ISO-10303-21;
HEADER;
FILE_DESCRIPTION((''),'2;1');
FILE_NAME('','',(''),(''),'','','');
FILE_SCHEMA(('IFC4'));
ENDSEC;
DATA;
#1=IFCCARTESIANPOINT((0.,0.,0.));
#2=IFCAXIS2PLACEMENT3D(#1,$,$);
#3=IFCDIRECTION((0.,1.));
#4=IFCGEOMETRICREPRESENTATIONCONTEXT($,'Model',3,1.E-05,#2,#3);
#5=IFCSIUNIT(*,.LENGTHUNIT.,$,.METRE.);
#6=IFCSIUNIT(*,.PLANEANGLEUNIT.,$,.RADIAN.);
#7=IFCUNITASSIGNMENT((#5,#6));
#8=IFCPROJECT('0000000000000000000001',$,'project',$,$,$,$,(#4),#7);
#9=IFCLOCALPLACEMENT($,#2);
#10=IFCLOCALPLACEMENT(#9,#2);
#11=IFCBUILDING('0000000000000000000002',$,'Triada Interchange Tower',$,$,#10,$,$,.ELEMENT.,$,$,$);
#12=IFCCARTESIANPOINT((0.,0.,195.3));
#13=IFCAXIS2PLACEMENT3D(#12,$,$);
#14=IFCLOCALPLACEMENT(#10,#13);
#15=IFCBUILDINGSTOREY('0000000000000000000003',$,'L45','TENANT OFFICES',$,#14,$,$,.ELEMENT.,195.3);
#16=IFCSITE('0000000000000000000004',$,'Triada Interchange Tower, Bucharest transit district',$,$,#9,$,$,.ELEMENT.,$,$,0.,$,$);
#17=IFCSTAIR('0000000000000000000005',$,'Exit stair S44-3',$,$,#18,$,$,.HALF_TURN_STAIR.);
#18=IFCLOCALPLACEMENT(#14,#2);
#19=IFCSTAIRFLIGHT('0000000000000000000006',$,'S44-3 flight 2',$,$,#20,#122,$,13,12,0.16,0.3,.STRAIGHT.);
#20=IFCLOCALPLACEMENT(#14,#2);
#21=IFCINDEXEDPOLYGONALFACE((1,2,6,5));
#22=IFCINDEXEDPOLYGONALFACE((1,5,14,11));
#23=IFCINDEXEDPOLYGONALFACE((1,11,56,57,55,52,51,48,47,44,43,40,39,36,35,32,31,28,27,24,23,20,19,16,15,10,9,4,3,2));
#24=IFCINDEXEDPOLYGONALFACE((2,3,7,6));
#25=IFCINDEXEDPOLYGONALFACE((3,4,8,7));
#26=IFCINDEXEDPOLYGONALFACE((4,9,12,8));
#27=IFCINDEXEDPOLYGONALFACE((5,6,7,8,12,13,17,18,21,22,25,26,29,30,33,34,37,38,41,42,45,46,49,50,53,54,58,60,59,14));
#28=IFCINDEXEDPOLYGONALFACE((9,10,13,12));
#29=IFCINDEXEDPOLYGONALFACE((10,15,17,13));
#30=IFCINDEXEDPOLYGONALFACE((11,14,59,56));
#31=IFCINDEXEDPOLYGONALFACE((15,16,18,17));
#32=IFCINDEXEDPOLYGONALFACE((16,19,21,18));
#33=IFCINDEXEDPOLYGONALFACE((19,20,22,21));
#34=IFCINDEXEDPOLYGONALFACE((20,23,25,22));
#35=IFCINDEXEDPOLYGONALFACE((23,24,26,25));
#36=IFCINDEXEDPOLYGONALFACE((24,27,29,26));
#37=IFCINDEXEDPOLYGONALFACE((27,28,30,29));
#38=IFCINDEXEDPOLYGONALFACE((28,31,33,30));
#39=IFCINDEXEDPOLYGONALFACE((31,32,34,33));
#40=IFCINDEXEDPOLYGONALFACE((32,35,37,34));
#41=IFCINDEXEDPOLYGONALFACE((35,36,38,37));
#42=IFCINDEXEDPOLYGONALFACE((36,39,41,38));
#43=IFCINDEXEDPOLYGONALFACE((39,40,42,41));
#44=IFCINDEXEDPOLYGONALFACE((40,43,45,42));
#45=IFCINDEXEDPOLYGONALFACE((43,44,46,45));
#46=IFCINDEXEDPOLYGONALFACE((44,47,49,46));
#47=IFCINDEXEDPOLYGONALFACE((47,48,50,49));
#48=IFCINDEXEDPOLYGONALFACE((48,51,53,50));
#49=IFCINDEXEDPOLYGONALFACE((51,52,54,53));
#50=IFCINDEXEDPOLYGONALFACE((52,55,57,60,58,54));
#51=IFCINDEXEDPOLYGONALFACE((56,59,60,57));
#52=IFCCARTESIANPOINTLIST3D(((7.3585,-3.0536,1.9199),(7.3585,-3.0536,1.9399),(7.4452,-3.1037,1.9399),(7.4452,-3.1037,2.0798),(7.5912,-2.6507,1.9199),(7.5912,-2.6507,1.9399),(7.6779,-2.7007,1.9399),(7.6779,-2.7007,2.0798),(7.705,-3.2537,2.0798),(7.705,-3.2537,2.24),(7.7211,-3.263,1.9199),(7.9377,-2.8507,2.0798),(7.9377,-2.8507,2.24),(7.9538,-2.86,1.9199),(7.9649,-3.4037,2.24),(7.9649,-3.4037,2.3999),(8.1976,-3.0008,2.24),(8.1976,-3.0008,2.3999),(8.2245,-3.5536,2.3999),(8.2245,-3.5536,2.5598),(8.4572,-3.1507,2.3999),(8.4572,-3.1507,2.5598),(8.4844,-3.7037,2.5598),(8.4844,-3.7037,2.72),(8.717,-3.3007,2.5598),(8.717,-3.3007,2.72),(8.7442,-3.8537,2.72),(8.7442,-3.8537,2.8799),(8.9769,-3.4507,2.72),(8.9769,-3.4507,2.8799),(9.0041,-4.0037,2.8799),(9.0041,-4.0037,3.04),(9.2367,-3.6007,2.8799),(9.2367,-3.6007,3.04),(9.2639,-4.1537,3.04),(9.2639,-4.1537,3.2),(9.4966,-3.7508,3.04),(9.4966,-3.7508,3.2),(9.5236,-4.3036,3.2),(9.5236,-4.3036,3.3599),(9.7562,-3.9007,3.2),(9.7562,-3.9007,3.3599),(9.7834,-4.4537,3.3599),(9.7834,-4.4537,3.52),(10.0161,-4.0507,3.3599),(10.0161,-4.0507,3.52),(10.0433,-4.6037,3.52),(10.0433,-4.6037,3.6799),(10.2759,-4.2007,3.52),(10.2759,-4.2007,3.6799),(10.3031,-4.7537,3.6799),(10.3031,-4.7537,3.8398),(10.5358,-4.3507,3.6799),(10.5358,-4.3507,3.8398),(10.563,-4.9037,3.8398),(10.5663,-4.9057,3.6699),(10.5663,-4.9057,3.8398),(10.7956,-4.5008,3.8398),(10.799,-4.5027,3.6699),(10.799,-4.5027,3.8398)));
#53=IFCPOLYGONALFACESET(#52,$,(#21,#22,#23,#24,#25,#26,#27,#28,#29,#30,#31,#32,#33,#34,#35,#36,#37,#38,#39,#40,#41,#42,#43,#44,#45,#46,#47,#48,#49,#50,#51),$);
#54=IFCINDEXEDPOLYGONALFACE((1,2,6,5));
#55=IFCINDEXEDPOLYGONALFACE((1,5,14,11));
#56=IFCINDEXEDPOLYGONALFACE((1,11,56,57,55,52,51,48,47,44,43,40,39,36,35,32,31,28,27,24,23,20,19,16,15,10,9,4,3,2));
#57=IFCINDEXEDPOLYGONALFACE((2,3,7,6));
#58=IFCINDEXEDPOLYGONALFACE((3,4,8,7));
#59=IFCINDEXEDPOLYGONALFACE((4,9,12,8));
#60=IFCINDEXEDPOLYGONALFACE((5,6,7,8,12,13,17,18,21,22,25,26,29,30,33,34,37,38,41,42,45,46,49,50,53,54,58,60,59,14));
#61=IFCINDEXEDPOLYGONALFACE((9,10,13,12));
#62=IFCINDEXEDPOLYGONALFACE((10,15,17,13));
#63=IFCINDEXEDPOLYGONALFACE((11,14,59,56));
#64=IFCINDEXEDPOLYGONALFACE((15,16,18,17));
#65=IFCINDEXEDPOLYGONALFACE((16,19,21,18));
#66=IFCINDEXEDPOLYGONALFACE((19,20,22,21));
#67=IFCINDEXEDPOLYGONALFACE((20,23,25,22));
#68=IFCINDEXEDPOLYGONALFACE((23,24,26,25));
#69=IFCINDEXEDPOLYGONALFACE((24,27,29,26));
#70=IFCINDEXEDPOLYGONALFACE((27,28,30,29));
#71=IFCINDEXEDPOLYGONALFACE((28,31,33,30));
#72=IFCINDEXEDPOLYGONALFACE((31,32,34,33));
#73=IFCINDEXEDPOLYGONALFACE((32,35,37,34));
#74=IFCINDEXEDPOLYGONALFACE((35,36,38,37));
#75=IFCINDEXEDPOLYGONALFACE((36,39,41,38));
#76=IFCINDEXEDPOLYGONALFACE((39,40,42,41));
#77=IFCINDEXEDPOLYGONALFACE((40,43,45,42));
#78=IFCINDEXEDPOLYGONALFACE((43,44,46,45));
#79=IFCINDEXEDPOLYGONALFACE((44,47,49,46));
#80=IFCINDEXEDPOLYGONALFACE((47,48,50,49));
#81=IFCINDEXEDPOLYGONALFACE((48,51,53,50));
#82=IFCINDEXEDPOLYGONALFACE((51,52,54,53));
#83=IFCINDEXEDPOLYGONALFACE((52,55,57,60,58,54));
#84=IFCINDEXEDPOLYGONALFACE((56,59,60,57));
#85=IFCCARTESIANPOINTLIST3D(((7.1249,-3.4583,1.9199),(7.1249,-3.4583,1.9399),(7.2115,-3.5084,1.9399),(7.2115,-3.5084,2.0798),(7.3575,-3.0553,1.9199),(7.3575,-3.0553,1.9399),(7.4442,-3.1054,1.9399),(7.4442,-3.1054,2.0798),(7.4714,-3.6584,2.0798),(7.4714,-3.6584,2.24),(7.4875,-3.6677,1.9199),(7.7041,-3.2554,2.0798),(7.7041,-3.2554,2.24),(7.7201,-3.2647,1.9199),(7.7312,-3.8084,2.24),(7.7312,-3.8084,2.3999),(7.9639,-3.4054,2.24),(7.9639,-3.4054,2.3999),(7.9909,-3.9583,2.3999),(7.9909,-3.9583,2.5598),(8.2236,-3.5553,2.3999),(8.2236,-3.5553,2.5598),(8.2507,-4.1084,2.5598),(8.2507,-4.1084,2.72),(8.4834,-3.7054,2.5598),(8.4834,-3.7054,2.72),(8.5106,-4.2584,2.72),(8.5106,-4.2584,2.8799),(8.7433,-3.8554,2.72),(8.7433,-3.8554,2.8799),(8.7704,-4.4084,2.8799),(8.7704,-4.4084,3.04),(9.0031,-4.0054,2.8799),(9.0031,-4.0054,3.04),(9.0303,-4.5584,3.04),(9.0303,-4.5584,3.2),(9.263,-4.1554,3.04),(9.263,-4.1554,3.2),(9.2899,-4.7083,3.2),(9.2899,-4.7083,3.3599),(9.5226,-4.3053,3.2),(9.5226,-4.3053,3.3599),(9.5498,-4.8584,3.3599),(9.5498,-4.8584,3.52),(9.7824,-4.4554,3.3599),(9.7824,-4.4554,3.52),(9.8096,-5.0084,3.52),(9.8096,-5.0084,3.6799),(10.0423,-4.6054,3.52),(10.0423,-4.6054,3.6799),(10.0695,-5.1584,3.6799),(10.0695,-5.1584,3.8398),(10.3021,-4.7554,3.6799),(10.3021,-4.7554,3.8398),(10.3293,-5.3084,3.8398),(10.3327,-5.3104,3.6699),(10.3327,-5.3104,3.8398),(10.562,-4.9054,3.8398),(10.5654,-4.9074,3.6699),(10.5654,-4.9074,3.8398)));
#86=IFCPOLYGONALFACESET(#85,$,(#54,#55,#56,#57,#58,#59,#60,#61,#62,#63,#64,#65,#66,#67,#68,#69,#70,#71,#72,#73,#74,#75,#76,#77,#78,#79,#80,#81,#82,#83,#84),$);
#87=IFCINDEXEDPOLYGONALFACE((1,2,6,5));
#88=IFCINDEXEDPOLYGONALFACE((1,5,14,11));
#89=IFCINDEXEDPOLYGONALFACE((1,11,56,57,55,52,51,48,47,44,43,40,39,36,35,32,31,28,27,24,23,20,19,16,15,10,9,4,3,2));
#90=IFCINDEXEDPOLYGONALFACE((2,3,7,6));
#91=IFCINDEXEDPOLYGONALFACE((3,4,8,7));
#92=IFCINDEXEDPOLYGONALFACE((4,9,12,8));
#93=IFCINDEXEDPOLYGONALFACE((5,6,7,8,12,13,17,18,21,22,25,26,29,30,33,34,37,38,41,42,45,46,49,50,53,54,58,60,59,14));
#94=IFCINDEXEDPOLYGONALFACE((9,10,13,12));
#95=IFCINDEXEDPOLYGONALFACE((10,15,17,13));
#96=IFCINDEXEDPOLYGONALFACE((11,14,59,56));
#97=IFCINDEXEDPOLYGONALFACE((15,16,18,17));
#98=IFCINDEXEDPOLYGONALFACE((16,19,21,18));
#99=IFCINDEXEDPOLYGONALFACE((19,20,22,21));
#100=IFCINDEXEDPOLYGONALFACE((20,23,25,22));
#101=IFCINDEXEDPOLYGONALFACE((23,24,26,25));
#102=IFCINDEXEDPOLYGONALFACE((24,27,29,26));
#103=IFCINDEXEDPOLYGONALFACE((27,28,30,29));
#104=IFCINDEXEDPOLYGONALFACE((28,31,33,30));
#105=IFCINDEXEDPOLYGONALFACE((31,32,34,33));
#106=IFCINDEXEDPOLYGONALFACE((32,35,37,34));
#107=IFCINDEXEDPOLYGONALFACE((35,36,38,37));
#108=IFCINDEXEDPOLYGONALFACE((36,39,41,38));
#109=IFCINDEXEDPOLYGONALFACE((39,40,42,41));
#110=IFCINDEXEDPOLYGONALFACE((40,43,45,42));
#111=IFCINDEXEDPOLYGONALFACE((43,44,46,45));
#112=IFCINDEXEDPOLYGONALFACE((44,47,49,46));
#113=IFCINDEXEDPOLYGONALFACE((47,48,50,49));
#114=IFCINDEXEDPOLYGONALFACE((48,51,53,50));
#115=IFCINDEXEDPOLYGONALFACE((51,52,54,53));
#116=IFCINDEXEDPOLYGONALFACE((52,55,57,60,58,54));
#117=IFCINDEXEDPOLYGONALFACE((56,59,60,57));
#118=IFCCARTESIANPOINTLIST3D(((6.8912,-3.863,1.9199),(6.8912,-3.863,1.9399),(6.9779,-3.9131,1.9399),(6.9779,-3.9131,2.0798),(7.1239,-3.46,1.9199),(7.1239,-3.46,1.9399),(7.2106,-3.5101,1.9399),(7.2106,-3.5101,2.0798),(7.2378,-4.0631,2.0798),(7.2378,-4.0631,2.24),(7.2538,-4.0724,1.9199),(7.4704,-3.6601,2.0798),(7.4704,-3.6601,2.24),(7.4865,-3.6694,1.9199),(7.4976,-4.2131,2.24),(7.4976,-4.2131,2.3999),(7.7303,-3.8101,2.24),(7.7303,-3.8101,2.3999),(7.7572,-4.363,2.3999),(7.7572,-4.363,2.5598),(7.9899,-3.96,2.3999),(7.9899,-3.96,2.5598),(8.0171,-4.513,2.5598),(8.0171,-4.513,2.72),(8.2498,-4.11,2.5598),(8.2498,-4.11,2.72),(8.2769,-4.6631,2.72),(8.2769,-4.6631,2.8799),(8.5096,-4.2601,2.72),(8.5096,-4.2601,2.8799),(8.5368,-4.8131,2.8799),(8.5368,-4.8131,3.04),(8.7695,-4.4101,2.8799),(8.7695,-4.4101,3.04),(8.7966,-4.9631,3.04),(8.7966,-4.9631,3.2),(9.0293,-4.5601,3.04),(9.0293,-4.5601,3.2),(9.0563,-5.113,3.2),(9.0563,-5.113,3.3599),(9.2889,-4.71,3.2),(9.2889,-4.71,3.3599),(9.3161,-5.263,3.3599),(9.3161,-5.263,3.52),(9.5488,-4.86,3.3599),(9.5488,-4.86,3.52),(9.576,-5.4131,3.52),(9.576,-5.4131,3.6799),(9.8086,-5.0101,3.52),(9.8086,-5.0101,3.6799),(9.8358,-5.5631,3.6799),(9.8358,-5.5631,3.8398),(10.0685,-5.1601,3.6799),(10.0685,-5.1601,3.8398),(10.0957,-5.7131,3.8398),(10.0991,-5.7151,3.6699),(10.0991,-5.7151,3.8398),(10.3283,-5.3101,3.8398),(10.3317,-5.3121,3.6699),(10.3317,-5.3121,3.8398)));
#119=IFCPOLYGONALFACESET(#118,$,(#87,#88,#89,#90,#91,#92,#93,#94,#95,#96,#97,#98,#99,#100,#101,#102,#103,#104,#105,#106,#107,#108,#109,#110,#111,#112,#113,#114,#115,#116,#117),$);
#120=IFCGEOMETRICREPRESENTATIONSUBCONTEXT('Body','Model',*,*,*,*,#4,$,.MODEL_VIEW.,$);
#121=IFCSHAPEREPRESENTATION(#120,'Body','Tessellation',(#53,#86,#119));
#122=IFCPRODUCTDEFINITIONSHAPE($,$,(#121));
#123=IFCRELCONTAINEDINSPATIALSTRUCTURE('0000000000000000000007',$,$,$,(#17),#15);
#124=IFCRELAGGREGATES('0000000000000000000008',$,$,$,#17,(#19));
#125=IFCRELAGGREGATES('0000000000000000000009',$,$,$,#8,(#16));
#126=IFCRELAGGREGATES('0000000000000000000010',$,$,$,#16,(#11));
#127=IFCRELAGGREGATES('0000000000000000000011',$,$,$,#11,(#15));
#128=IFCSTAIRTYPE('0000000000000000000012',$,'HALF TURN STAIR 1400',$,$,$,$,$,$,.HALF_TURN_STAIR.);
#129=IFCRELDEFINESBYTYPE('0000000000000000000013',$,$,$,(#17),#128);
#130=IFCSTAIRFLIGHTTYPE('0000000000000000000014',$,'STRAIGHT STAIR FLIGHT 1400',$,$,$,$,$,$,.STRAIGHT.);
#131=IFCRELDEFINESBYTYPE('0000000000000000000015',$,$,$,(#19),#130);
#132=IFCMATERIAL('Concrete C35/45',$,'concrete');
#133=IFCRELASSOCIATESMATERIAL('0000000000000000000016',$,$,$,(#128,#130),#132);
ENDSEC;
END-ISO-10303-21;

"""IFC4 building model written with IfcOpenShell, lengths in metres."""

from ifc_helpers import new_model, si_unit, direction, frame, origin, place, context, subcontext, project, spatial, polyline, outline, extrude, material, type_object, element, aggregate, save


model = new_model("IFC4")

# Units and contexts
model_context = context("Model", 3, precision=1e-05, world=origin(), true_north=direction((0.0, 1.0)))
body_context = subcontext(model_context, "Body", "Model", "MODEL_VIEW")
ifc_project = project(units=[si_unit("LENGTHUNIT", "METRE"), si_unit("PLANEANGLEUNIT", "RADIAN")], contexts=[model_context])

# Site, building, storey
site_placement = place(None, origin())
site = spatial("IfcSite", under=ifc_project, at=site_placement, Name="Triada Interchange Tower, Bucharest transit district", CompositionType="ELEMENT", RefElevation=0.0)
building_placement = place(site_placement, origin())
building = spatial("IfcBuilding", under=site, at=building_placement, Name="Triada Interchange Tower", CompositionType="ELEMENT")
storey_placement = place(building_placement, frame((0.0, 0.0, 195.3)))
storey = spatial("IfcBuildingStorey", under=building, at=storey_placement, Name="L45", Description="TENANT OFFICES", CompositionType="ELEMENT", Elevation=195.3)

# Stair, stair flight
ifc_material_1 = material(Name="Concrete C35/45", Category="concrete")
stair_type = type_object("IfcStairType", Name="HALF TURN STAIR 1400", PredefinedType="HALF_TURN_STAIR", material=ifc_material_1)
stair_placement = place(storey_placement, origin())
stair = element("IfcStair", 1, at=stair_placement, inside=storey, type_object=stair_type, Name="Exit stair S44-3", PredefinedType="HALF_TURN_STAIR")
stair_flight_type = type_object("IfcStairFlightType", Name="STRAIGHT STAIR FLIGHT 1400", PredefinedType="STRAIGHT", material=ifc_material_1)
stair_flight_1_placement = place(storey_placement, frame((7.3279, -3.3069, 1.9199), z_axis=(0.0, 0.0, 1.0), x_axis=(0.866025, -0.5, 0.0)))
stair_flight_1 = element("IfcStairFlight", 2, at=stair_flight_1_placement, type_object=stair_flight_type, Name="S44-3 flight 2", NumberOfRisers=13, NumberOfTreads=12, PredefinedType="STRAIGHT", RiserHeight=0.16, TreadLength=0.3, context=body_context, shape_type="SweptSolid", body=[
    extrude(outline(polyline([(-0.1001, 0.0), (-0.1001, 0.02), (0.0, 0.02), (0.0, 0.1599), (0.3, 0.1599), (0.3, 0.3201), (0.6001, 0.3201), (0.6001, 0.48), (0.8999, 0.48), (0.8999, 0.6399), (1.2, 0.6399), (1.2, 0.8), (1.5, 0.8), (1.5, 0.96), (1.8, 0.96), (1.8, 1.1201), (2.1001, 1.1201), (2.1001, 1.28), (2.3999, 1.28), (2.3999, 1.4399), (2.7, 1.4399), (2.7, 1.6001), (3.0, 1.6001), (3.0, 1.76), (3.3, 1.76), (3.3, 1.9199), (3.6001, 1.9199), (3.604, 1.9199), (3.604, 2.0801), (3.604, 1.75), (0.3186, 0.0), (-0.1001, 0.0)])), frame((0.0, 0.7, 0.0), z_axis=(0.0, -1.0, 0.0), x_axis=(1.0, 0.0, 0.0)), (0.0, 0.0, 1.0), 0.4653),
    extrude(outline(polyline([(-0.1001, 0.0), (-0.1001, 0.02), (0.0, 0.02), (0.0, 0.1599), (0.3, 0.1599), (0.3, 0.3201), (0.6001, 0.3201), (0.6001, 0.48), (0.8999, 0.48), (0.8999, 0.6399), (1.2, 0.6399), (1.2, 0.8), (1.5, 0.8), (1.5, 0.96), (1.8, 0.96), (1.8, 1.1201), (2.1001, 1.1201), (2.1001, 1.28), (2.3999, 1.28), (2.3999, 1.4399), (2.7, 1.4399), (2.7, 1.6001), (3.0, 1.6001), (3.0, 1.76), (3.3, 1.76), (3.3, 1.9199), (3.6001, 1.9199), (3.604, 1.9199), (3.604, 2.0801), (3.604, 1.75), (0.3186, 0.0), (-0.1001, 0.0)])), frame((0.0, 0.2327, 0.0), z_axis=(0.0, -1.0, 0.0), x_axis=(1.0, 0.0, 0.0)), (0.0, 0.0, 1.0), 0.4653),
    extrude(outline(polyline([(-0.1001, 0.0), (-0.1001, 0.02), (0.0, 0.02), (0.0, 0.1599), (0.3, 0.1599), (0.3, 0.3201), (0.6001, 0.3201), (0.6001, 0.48), (0.8999, 0.48), (0.8999, 0.6399), (1.2, 0.6399), (1.2, 0.8), (1.5, 0.8), (1.5, 0.96), (1.8, 0.96), (1.8, 1.1201), (2.1001, 1.1201), (2.1001, 1.28), (2.3999, 1.28), (2.3999, 1.4399), (2.7, 1.4399), (2.7, 1.6001), (3.0, 1.6001), (3.0, 1.76), (3.3, 1.76), (3.3, 1.9199), (3.6001, 1.9199), (3.604, 1.9199), (3.604, 2.0801), (3.604, 1.75), (0.3186, 0.0), (-0.1001, 0.0)])), frame((0.0, -0.2346, 0.0), z_axis=(0.0, -1.0, 0.0), x_axis=(1.0, 0.0, 0.0)), (0.0, 0.0, 1.0), 0.4653),
])
aggregate(stair, [stair_flight_1])

save(model, "model.ifc")
